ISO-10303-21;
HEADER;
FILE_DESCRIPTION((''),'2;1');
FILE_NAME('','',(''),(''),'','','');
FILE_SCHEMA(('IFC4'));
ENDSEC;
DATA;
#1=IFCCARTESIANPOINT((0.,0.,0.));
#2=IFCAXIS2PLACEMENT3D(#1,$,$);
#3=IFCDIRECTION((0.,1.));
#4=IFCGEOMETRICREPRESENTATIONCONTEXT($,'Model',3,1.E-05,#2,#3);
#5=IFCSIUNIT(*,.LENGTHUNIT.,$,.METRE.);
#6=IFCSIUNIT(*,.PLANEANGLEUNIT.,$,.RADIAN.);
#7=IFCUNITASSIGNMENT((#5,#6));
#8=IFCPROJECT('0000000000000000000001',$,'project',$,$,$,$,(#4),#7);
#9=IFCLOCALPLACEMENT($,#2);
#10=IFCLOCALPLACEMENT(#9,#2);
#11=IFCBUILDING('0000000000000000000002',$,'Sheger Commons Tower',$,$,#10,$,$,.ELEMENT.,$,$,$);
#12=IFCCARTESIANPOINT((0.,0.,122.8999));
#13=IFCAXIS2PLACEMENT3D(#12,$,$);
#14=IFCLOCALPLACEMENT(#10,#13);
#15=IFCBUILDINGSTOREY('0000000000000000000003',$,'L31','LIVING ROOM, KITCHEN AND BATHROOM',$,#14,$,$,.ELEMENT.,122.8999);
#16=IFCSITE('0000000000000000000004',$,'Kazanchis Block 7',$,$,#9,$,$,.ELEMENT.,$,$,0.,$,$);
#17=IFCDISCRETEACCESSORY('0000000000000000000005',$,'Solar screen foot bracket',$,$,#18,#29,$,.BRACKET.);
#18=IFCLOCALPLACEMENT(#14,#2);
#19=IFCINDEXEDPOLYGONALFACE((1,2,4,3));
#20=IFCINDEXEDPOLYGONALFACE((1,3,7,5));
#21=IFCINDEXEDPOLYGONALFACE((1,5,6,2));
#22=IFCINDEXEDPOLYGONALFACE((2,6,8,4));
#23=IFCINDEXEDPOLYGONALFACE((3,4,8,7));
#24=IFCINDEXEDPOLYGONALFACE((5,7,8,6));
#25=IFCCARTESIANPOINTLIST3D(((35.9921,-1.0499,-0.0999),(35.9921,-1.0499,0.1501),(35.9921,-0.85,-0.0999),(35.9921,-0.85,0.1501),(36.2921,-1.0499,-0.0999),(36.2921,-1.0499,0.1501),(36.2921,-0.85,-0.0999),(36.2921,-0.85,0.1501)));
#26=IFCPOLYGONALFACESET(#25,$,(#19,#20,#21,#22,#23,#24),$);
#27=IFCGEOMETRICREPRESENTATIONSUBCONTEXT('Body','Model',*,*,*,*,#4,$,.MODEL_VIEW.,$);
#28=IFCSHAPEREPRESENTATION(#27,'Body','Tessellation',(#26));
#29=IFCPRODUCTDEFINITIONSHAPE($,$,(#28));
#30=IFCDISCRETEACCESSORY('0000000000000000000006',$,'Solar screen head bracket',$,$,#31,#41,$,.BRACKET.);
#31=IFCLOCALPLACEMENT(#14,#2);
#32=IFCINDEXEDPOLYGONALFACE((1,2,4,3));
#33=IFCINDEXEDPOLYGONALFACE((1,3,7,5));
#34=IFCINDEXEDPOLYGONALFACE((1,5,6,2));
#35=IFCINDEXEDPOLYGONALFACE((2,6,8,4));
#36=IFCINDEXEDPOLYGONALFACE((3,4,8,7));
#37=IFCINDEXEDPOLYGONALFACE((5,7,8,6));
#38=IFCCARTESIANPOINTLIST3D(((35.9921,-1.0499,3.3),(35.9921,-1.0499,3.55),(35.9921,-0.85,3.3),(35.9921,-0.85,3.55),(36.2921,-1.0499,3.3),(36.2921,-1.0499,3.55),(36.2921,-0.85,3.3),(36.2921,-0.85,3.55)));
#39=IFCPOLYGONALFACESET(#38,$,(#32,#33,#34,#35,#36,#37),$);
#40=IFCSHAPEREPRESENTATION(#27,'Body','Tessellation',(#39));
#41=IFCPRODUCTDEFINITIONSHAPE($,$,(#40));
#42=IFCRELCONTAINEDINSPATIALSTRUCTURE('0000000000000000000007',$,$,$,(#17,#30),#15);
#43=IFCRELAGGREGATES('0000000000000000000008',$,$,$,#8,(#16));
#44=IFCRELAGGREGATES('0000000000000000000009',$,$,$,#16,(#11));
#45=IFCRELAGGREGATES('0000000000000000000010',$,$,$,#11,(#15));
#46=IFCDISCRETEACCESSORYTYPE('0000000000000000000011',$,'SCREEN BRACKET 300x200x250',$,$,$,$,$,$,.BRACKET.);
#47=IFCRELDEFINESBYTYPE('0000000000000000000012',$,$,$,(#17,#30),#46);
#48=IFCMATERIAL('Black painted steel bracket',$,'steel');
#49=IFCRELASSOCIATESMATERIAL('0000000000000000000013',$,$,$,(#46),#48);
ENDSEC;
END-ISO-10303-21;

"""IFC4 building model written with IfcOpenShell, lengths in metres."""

from ifc_helpers import new_model, si_unit, direction, frame, origin, origin_2d, place, context, subcontext, project, spatial, rectangle, extrude, material, type_object, element, save


model = new_model("IFC4")

# Units and contexts
model_context = context("Model", 3, precision=1e-05, world=origin(), true_north=direction((0.0, 1.0)))
body_context = subcontext(model_context, "Body", "Model", "MODEL_VIEW")
ifc_project = project(units=[si_unit("LENGTHUNIT", "METRE"), si_unit("PLANEANGLEUNIT", "RADIAN")], contexts=[model_context])

# Site, building, storey
site_placement = place(None, origin())
site = spatial("IfcSite", under=ifc_project, at=site_placement, Name="Kazanchis Block 7", CompositionType="ELEMENT", RefElevation=0.0)
building_placement = place(site_placement, origin())
building = spatial("IfcBuilding", under=site, at=building_placement, Name="Sheger Commons Tower", CompositionType="ELEMENT")
storey_placement = place(building_placement, frame((0.0, 0.0, 122.8999)))
storey = spatial("IfcBuildingStorey", under=building, at=storey_placement, Name="L31", Description="LIVING ROOM, KITCHEN AND BATHROOM", CompositionType="ELEMENT", Elevation=122.8999)

# Discrete accessories
ifc_material_1 = material(Name="Black painted steel bracket", Category="steel")
discrete_accessory_type = type_object("IfcDiscreteAccessoryType", Name="SCREEN BRACKET 300x200x250", PredefinedType="BRACKET", material=ifc_material_1)
for number, where, z_axis, x_axis, name in (
    (1, (36.1421, -0.95, -0.0999), (0.0, 0.0, 1.0), (1.0, 0.0, 0.0), "Solar screen foot bracket"),
    (2, (36.1421, -0.95, 3.3), (0.0, 0.0, 1.0), (1.0, 0.0, 0.0), "Solar screen head bracket"),
):
    element("IfcDiscreteAccessory", number, at=place(storey_placement, frame(where, z_axis=z_axis, x_axis=x_axis)), inside=storey, type_object=discrete_accessory_type, Name=name, PredefinedType="BRACKET", context=body_context, shape_type="SweptSolid", body=[
        extrude(rectangle(XDim=0.3, YDim=0.2, at=origin_2d()), origin(), (0.0, 0.0, 1.0), 0.25),
    ])

save(model, "model.ifc")
